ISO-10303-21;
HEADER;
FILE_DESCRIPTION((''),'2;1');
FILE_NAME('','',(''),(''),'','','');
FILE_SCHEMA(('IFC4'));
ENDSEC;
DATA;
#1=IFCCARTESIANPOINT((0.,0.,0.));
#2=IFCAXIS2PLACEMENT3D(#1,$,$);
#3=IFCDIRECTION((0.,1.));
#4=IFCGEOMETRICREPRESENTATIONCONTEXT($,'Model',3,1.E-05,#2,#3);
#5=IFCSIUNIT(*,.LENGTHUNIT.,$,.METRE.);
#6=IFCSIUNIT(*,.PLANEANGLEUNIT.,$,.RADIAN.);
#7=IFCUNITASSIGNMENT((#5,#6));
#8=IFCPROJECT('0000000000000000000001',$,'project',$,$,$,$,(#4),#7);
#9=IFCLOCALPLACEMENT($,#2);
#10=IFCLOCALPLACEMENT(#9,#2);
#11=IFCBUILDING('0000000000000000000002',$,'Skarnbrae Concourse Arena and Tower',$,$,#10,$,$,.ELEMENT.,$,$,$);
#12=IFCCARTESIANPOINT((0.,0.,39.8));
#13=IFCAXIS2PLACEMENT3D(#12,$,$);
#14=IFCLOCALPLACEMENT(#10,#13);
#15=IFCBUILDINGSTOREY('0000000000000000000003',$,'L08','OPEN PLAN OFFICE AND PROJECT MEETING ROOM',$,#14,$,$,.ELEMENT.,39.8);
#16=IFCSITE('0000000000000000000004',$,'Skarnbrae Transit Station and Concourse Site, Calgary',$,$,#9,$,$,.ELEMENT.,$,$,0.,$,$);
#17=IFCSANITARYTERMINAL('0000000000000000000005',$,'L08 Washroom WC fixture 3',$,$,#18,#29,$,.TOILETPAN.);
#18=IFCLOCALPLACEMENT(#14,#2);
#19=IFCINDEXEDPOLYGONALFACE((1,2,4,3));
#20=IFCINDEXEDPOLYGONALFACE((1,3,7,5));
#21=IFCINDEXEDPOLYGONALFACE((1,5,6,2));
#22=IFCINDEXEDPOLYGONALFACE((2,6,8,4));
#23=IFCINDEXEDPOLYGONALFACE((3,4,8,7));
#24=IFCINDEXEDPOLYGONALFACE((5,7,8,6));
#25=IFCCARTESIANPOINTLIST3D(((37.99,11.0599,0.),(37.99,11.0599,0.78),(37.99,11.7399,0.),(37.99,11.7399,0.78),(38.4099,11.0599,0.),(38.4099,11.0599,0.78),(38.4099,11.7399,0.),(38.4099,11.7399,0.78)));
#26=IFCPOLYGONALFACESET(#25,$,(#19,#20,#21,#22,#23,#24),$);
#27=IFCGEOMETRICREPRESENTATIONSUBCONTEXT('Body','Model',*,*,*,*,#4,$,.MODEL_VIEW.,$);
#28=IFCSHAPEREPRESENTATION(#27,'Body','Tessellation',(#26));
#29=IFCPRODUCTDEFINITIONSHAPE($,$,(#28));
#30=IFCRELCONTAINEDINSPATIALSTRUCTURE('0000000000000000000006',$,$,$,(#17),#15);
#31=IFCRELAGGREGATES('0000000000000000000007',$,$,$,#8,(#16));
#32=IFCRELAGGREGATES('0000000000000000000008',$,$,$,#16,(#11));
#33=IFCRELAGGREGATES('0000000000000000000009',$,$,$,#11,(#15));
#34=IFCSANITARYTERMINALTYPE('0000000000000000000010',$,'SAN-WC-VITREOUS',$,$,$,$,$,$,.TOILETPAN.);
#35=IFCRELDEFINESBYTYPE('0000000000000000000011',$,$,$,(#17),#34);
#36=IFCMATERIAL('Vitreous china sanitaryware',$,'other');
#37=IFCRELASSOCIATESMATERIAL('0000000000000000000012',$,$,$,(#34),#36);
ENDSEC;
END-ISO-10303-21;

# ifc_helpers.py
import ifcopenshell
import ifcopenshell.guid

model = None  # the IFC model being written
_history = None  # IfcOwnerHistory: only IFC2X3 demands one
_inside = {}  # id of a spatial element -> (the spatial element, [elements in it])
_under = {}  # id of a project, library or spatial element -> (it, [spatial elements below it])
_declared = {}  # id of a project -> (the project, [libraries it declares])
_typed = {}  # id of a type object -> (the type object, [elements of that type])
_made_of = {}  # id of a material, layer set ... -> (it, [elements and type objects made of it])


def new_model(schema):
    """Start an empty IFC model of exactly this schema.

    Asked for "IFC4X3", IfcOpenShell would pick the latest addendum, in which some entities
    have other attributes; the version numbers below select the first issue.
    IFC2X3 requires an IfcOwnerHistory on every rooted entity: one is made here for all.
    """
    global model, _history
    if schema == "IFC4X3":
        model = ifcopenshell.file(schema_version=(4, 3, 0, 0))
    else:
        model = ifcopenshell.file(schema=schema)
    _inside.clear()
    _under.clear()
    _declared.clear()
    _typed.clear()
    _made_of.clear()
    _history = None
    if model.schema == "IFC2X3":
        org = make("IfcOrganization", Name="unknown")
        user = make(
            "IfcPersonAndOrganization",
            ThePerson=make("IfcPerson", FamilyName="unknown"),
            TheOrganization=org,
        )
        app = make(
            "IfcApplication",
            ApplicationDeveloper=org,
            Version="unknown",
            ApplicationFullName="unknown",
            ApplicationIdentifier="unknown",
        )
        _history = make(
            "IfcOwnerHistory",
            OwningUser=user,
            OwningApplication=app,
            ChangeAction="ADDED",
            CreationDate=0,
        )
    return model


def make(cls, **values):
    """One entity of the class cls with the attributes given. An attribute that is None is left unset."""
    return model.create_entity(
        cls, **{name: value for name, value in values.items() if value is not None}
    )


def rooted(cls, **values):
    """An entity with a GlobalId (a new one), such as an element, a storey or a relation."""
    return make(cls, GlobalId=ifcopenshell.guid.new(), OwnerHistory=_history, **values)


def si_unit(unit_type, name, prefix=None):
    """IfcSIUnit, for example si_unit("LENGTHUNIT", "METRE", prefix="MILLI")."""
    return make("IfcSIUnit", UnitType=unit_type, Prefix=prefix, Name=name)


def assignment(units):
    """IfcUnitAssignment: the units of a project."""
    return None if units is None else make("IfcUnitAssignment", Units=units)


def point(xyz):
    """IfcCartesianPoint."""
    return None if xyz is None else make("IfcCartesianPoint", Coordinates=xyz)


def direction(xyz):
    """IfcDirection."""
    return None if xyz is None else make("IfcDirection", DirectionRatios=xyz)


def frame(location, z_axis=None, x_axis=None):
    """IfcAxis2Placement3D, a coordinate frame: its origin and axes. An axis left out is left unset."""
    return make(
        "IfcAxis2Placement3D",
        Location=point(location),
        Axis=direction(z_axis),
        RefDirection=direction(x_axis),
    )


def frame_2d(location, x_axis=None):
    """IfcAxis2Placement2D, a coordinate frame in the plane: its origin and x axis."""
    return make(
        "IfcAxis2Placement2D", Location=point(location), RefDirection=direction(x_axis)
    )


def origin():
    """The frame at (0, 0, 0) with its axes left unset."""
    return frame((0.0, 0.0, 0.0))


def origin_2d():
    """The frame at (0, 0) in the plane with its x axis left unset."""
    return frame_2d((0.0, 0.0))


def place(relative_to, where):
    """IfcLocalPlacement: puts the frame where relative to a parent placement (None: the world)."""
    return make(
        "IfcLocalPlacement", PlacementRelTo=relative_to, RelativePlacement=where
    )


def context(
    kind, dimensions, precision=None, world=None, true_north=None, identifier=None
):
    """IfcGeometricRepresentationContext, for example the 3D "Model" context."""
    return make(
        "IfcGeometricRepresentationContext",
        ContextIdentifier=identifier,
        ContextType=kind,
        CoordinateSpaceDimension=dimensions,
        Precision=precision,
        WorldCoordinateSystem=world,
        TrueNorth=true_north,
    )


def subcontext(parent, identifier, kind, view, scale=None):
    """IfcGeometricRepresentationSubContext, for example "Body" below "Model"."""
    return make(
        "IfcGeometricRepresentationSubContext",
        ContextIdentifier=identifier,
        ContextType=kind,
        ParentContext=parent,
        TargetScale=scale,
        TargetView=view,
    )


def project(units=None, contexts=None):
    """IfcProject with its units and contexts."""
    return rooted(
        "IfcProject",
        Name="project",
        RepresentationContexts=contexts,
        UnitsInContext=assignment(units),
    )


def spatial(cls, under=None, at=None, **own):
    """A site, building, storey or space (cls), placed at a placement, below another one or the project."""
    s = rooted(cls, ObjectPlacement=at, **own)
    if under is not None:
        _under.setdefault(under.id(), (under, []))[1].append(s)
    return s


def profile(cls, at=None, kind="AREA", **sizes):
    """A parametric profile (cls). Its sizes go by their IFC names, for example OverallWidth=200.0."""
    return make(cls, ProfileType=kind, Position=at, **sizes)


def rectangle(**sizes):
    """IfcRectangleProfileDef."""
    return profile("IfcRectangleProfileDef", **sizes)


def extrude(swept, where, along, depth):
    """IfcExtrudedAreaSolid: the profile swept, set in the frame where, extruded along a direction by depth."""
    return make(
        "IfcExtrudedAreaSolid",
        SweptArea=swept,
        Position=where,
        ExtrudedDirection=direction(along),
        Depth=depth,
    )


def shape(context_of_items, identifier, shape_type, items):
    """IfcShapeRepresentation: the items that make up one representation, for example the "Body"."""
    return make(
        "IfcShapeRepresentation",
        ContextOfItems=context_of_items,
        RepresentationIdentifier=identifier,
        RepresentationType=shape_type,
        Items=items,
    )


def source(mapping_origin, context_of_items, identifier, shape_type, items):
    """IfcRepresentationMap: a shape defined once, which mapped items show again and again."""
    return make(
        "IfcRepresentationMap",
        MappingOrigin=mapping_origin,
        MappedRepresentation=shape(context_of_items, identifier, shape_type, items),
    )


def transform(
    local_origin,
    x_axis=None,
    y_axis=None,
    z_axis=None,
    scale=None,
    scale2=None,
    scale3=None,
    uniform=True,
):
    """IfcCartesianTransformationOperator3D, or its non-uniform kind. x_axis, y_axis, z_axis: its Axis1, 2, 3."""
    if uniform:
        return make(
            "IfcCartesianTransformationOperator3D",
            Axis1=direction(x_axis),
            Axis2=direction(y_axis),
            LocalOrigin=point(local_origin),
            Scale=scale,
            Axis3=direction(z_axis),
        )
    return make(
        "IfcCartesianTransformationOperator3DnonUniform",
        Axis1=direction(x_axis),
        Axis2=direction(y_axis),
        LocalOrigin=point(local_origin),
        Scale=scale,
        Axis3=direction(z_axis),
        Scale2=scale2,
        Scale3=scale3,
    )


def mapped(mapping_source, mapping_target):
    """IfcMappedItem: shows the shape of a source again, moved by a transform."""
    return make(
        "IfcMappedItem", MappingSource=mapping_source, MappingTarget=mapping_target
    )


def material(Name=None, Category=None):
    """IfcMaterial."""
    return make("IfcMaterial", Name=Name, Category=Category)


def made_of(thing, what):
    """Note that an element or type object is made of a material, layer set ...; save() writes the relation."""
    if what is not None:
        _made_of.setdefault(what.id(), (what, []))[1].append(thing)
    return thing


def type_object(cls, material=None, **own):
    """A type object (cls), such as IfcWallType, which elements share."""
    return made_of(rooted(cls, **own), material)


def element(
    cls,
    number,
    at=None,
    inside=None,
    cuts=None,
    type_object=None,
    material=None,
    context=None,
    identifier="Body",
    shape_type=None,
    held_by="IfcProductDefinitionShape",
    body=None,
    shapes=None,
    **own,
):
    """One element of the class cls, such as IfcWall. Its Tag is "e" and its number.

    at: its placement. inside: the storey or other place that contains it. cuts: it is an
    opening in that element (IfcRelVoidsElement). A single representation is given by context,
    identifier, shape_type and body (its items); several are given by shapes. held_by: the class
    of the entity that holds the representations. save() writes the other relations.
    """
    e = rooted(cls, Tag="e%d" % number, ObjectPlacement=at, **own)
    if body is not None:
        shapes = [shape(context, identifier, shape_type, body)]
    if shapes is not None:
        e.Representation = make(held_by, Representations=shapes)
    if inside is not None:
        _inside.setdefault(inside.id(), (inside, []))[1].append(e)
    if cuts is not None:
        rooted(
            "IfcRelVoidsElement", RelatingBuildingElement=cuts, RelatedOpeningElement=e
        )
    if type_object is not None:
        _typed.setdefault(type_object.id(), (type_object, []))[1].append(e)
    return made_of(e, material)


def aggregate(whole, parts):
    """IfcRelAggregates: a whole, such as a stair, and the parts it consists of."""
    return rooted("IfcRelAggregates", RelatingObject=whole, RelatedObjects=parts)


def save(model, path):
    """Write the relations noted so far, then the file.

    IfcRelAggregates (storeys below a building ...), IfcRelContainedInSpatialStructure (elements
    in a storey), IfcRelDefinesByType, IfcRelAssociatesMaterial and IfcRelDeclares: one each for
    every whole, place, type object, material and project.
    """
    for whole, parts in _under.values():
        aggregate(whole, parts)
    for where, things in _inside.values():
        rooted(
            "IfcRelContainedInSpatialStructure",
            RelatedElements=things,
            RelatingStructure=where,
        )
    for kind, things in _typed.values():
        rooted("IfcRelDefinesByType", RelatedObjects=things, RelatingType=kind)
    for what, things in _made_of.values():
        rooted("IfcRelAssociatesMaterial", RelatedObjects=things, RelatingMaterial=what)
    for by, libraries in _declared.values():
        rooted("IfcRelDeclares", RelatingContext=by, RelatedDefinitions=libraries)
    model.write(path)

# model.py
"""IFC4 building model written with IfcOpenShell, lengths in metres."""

from ifc_helpers import new_model, si_unit, direction, frame, origin, origin_2d, place, context, subcontext, project, spatial, rectangle, extrude, source, transform, mapped, material, type_object, element, save


model = new_model("IFC4")

# Units and contexts
model_context = context("Model", 3, precision=1e-05, world=origin(), true_north=direction((0.0, 1.0)))
body_context = subcontext(model_context, "Body", "Model", "MODEL_VIEW")
ifc_project = project(units=[si_unit("LENGTHUNIT", "METRE"), si_unit("PLANEANGLEUNIT", "RADIAN")], contexts=[model_context])

# Site, building, storey
site_placement = place(None, origin())
site = spatial("IfcSite", under=ifc_project, at=site_placement, Name="Skarnbrae Transit Station and Concourse Site, Calgary", CompositionType="ELEMENT", RefElevation=0.0)
building_placement = place(site_placement, origin())
building = spatial("IfcBuilding", under=site, at=building_placement, Name="Skarnbrae Concourse Arena and Tower", CompositionType="ELEMENT")
storey_placement = place(building_placement, frame((0.0, 0.0, 39.8)))
storey = spatial("IfcBuildingStorey", under=building, at=storey_placement, Name="L08", Description="OPEN PLAN OFFICE AND PROJECT MEETING ROOM", CompositionType="ELEMENT", Elevation=39.8)

# Sanitary terminal
ifc_material_1 = material(Name="Vitreous china sanitaryware", Category="other")
sanitary_terminal_type = type_object("IfcSanitaryTerminalType", Name="SAN-WC-VITREOUS", PredefinedType="TOILETPAN", material=ifc_material_1)
shared_shape_1 = source(origin(), body_context, "Body", "SweptSolid", [
    extrude(rectangle(XDim=0.4199, YDim=0.6799, at=origin_2d()), origin(), (0.0, 0.0, 1.0), 0.78),
])
sanitary_terminal_placement = place(storey_placement, frame((38.2, 11.3999, 0.0), z_axis=(0.0, 0.0, 1.0), x_axis=(1.0, 0.0, 0.0)))
element("IfcSanitaryTerminal", 1, at=sanitary_terminal_placement, inside=storey, type_object=sanitary_terminal_type, Name="L08 Washroom WC fixture 3", PredefinedType="TOILETPAN", context=body_context, shape_type="MappedRepresentation", body=[
    mapped(shared_shape_1, transform((0.0, 0.0, 0.0))),
])

save(model, "model.ifc")
